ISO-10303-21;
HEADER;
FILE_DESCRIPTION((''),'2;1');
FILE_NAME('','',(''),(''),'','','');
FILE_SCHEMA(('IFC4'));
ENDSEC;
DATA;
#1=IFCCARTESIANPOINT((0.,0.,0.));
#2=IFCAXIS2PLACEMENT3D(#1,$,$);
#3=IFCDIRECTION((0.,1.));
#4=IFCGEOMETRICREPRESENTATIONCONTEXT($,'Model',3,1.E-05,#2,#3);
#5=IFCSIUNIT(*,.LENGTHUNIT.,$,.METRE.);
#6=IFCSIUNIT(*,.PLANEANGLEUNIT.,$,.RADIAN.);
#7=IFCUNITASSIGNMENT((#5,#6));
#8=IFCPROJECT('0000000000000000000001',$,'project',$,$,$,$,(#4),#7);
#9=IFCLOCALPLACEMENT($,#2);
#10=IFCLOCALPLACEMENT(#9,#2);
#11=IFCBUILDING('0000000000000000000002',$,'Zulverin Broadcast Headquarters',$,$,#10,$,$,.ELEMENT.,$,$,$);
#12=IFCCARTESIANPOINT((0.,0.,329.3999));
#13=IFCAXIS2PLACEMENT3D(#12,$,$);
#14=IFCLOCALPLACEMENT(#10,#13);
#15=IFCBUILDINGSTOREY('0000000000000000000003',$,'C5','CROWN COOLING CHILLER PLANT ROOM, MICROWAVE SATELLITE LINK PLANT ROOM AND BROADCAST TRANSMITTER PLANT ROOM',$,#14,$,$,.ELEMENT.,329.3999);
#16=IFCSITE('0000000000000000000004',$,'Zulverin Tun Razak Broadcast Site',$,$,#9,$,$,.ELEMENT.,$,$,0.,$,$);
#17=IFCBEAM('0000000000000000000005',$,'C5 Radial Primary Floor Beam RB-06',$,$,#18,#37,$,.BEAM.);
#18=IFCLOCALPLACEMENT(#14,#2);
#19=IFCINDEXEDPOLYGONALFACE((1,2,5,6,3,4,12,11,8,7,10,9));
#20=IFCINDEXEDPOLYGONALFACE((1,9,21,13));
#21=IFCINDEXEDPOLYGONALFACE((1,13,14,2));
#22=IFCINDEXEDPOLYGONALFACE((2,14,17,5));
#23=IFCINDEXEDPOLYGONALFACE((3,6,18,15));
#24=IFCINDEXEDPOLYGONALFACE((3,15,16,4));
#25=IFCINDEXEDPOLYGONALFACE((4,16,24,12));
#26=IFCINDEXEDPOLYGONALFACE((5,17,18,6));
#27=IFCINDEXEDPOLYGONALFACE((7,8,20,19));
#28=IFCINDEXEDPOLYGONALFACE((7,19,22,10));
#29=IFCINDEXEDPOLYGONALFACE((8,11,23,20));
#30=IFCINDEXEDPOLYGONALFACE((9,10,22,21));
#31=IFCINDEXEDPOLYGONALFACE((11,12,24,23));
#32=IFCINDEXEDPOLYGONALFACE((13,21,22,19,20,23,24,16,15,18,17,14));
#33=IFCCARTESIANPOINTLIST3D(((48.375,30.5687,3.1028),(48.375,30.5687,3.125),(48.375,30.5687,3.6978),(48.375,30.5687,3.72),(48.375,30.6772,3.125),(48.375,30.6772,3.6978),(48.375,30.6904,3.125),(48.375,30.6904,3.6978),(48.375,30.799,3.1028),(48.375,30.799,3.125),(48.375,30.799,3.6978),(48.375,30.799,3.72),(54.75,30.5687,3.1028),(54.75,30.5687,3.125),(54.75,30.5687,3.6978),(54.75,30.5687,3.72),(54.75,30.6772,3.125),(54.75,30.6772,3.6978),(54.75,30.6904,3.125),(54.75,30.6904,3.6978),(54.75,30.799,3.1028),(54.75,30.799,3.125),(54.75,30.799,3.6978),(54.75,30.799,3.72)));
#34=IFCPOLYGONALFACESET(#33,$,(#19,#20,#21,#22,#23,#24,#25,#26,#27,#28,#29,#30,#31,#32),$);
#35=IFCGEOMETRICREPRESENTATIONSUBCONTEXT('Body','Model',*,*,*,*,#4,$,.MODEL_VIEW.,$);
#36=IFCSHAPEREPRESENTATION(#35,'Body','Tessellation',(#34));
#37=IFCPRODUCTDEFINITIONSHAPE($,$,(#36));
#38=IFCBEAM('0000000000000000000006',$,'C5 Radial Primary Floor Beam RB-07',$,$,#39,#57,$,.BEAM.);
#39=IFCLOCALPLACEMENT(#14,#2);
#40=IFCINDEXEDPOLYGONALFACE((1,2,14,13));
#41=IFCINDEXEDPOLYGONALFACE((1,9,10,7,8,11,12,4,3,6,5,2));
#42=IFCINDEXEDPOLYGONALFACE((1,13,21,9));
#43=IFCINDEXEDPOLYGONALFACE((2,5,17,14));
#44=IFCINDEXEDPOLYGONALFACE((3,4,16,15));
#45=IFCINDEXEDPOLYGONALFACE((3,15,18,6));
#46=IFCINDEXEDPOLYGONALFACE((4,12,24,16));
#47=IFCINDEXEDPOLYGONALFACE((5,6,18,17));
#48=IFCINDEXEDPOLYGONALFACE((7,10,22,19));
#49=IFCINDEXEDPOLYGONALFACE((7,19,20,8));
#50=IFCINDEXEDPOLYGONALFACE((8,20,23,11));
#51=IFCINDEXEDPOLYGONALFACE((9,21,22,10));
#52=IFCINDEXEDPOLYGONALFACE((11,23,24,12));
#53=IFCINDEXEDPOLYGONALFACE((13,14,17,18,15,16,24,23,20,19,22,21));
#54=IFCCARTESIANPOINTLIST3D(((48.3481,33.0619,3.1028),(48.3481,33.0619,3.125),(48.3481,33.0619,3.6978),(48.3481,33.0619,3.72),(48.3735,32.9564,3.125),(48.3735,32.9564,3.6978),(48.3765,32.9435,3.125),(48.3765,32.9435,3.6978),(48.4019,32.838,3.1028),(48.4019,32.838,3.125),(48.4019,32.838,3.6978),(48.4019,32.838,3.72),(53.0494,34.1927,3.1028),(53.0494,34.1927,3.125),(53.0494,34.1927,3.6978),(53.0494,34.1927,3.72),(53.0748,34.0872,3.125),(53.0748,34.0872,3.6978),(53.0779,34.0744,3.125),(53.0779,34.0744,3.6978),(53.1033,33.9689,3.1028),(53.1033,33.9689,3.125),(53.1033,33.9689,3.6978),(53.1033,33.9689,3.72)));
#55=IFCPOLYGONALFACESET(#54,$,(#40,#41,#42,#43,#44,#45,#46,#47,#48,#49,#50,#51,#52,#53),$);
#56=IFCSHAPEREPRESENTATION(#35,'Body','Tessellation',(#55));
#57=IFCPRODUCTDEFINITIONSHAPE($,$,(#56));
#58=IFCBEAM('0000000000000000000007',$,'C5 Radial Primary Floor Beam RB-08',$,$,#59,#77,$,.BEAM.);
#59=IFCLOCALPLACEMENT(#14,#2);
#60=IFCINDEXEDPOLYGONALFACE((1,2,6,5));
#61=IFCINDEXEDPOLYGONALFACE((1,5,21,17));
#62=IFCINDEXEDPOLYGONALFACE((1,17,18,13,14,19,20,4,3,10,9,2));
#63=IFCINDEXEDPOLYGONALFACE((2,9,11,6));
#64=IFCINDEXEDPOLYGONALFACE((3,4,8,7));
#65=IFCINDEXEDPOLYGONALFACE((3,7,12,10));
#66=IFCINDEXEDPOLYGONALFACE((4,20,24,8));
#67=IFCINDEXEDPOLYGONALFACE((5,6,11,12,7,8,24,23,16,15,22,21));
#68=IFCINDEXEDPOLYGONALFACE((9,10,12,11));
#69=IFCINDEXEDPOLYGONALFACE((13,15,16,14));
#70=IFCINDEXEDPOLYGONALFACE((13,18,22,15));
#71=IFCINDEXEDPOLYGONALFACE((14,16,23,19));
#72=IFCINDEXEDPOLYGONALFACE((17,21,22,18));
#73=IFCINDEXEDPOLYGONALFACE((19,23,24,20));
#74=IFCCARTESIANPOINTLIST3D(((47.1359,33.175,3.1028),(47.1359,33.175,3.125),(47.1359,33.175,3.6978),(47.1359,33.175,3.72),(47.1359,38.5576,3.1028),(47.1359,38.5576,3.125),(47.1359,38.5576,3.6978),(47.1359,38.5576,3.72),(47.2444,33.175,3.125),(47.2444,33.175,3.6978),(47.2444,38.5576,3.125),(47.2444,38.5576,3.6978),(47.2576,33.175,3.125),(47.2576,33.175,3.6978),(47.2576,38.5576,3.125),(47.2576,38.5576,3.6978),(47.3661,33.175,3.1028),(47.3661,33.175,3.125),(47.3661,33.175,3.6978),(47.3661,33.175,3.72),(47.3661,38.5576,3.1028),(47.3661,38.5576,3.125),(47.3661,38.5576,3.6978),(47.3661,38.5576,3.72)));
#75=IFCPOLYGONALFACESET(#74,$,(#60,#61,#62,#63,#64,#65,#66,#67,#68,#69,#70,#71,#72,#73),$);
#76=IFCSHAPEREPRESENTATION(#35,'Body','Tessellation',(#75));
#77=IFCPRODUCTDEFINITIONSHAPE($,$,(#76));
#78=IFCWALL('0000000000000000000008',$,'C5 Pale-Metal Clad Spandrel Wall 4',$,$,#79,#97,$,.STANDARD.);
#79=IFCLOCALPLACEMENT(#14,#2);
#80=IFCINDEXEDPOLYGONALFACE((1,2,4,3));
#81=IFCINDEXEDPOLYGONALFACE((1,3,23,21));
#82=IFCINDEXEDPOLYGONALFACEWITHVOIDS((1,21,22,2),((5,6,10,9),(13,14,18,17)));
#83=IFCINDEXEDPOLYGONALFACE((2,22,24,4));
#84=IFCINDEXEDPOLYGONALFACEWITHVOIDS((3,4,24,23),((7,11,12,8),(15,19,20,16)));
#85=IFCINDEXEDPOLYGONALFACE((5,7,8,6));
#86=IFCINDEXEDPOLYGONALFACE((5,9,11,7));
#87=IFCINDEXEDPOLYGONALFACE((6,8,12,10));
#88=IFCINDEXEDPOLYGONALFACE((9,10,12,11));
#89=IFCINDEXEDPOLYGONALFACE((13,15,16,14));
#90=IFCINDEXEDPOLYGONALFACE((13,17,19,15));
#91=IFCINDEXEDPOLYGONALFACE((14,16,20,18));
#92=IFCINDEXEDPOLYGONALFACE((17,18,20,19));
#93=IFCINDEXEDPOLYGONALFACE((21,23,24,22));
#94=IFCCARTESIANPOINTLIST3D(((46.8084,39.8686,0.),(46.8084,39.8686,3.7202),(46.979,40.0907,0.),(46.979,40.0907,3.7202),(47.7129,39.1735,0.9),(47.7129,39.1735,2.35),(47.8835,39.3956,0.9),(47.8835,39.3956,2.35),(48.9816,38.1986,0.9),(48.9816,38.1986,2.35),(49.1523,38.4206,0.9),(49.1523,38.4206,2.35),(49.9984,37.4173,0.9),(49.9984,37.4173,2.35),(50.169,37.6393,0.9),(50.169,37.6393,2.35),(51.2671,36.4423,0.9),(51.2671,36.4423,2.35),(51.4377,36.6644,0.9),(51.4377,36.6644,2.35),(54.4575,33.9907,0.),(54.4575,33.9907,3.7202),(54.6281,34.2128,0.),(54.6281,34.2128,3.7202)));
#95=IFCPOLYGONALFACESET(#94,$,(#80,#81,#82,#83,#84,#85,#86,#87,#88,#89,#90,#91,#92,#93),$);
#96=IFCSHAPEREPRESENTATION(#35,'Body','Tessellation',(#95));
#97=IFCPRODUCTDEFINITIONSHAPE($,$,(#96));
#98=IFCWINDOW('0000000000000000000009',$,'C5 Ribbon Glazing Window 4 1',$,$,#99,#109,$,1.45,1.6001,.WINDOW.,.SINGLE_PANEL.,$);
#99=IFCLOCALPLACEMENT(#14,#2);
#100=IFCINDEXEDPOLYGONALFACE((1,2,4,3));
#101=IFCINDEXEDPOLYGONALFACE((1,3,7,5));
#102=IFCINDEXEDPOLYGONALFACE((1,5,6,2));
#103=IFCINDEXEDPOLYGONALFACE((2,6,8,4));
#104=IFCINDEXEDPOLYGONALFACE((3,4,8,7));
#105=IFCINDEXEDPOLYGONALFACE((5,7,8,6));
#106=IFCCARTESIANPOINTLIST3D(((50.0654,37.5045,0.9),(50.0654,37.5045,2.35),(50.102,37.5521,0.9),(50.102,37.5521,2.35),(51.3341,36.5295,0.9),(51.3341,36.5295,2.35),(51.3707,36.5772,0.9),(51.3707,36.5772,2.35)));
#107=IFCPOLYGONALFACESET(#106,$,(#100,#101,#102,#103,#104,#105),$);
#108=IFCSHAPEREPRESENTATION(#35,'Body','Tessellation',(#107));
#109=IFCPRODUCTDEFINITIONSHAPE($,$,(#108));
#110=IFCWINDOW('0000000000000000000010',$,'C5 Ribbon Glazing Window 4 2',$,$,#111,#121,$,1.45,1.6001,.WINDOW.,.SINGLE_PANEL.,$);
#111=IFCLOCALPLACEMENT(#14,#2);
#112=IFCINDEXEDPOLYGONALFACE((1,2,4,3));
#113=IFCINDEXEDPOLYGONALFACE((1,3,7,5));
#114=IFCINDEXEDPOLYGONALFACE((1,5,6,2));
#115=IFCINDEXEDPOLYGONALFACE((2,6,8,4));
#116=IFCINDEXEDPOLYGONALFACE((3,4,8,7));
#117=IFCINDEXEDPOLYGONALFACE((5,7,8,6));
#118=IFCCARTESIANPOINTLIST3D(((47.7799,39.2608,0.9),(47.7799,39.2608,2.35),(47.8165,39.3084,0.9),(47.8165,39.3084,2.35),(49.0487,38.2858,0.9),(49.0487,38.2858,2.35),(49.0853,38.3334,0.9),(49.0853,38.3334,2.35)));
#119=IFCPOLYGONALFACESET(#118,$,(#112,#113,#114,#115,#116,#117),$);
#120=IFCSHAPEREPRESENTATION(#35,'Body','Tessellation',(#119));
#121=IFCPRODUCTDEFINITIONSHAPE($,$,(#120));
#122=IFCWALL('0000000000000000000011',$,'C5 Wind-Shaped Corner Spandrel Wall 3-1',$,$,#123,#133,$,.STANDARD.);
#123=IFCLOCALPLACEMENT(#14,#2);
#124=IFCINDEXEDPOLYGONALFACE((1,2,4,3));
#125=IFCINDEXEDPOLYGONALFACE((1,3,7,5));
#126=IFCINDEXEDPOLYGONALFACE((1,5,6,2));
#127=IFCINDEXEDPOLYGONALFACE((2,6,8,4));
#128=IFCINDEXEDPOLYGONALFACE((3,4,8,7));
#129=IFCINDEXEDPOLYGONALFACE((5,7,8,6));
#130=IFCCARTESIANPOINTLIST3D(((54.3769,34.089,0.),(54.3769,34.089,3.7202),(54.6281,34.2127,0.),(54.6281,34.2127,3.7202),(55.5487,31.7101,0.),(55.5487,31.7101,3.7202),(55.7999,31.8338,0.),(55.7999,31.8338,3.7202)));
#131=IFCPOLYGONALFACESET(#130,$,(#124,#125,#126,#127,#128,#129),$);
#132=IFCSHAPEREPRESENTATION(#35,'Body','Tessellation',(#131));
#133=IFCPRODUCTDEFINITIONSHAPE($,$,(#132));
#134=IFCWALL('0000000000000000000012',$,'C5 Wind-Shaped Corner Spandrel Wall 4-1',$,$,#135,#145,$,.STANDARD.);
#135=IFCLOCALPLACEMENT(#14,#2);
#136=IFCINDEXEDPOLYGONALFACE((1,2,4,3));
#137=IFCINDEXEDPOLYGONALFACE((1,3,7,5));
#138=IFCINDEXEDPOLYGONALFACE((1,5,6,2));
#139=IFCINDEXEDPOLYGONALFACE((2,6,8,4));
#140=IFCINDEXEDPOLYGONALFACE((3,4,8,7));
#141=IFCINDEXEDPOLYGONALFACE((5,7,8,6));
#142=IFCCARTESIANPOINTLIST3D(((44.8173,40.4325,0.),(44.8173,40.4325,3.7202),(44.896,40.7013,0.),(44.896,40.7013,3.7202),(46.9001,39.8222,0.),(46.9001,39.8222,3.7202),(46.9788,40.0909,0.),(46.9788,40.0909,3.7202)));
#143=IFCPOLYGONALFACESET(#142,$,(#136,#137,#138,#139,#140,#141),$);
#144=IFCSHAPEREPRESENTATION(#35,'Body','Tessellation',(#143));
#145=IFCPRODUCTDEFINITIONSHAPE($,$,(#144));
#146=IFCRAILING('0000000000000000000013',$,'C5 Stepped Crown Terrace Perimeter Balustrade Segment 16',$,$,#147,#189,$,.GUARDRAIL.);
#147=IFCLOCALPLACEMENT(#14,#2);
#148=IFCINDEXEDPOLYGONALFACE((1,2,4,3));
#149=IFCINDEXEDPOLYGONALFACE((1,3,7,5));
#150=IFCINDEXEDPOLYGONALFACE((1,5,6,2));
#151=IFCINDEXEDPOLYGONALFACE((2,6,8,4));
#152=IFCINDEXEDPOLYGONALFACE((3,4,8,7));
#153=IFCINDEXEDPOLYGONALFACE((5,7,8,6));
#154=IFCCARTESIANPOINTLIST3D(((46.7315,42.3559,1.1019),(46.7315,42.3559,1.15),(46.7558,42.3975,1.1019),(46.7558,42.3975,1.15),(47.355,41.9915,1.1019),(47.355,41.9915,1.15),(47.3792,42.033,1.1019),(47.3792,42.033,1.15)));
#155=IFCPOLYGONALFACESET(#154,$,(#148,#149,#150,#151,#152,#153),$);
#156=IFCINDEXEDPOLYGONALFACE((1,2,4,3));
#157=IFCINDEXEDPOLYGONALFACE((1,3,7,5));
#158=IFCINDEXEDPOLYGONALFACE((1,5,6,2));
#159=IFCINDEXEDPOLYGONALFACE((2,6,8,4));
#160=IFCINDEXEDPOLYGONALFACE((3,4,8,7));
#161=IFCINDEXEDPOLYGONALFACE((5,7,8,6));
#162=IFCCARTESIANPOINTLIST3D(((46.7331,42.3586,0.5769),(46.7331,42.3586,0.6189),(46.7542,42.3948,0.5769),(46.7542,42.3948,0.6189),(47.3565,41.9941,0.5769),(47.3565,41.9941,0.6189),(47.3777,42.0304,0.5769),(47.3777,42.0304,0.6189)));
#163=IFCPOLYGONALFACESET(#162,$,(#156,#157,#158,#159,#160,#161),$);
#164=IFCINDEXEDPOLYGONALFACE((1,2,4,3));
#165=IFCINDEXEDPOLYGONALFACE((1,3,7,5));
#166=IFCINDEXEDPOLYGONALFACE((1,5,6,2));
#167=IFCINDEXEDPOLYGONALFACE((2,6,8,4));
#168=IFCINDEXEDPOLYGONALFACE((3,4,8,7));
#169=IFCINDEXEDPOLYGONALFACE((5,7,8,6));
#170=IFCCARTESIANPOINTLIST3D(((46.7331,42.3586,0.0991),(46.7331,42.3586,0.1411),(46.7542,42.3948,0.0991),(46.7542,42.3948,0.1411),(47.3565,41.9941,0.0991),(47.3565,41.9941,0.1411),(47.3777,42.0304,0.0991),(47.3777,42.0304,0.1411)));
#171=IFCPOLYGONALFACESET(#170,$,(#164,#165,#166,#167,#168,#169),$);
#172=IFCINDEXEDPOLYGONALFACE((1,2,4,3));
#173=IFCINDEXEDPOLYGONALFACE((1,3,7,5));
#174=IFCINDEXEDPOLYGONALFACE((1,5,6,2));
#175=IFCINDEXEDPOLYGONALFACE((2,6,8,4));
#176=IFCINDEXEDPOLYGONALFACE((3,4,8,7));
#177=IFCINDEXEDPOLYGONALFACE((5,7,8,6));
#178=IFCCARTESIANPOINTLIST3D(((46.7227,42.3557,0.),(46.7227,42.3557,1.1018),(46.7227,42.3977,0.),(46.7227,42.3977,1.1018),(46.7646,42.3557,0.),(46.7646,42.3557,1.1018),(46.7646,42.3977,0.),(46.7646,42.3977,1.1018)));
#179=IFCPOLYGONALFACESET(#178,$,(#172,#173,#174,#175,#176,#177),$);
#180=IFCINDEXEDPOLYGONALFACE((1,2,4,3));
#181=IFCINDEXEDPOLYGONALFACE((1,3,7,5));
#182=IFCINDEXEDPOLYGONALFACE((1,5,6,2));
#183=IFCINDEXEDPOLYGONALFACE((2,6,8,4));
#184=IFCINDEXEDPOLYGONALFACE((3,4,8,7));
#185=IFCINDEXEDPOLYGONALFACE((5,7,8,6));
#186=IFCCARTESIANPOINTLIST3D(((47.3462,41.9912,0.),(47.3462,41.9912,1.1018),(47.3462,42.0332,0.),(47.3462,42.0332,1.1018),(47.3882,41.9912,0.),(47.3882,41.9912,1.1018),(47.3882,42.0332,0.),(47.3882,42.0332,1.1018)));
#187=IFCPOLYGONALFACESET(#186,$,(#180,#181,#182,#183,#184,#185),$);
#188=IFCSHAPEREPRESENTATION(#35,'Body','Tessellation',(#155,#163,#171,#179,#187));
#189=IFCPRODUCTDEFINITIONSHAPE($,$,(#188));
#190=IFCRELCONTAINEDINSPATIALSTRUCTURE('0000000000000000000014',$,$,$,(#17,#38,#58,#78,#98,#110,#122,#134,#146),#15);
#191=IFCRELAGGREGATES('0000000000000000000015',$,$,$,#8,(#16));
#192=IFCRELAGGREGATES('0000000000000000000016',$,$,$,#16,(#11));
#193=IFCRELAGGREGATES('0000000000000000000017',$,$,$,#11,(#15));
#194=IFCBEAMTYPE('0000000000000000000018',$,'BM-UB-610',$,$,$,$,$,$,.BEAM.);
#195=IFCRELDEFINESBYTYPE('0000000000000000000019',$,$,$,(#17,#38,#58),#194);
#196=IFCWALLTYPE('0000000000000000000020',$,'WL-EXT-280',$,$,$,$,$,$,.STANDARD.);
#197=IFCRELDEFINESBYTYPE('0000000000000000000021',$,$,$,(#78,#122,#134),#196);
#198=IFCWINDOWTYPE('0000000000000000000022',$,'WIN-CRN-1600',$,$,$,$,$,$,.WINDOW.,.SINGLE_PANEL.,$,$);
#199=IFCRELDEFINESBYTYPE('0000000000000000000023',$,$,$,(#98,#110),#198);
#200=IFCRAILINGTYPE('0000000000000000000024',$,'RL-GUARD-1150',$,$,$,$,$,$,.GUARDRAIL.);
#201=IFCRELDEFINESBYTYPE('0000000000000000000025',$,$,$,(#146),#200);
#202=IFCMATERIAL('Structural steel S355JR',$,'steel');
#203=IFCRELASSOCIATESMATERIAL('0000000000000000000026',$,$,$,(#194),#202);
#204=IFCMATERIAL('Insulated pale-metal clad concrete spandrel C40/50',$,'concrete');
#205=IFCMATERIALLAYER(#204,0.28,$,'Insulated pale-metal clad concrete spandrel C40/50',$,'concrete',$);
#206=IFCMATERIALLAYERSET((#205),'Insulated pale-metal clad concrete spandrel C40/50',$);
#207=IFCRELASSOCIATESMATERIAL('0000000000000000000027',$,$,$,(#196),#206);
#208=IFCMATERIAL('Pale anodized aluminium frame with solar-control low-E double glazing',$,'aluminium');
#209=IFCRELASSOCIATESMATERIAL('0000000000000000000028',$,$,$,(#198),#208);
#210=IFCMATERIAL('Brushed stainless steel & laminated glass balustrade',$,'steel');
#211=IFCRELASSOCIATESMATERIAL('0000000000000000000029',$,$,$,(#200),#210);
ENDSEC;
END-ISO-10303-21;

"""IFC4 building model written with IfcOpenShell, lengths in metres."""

from ifc_helpers import new_model, si_unit, direction, frame, frame_2d, origin, origin_2d, place, context, subcontext, project, spatial, rectangle, i_section, extrude, material, layer, layer_set, material_profile, profile_set, type_object, element, fill, save


model = new_model("IFC4")

# Units and contexts
model_context = context("Model", 3, precision=1e-05, world=origin(), true_north=direction((0.0, 1.0)))
body_context = subcontext(model_context, "Body", "Model", "MODEL_VIEW")
ifc_project = project(units=[si_unit("LENGTHUNIT", "METRE"), si_unit("PLANEANGLEUNIT", "RADIAN")], contexts=[model_context])

# Site, building, storey
site_placement = place(None, origin())
site = spatial("IfcSite", under=ifc_project, at=site_placement, Name="Zulverin Tun Razak Broadcast Site", CompositionType="ELEMENT", RefElevation=0.0)
building_placement = place(site_placement, origin())
building = spatial("IfcBuilding", under=site, at=building_placement, Name="Zulverin Broadcast Headquarters", CompositionType="ELEMENT")
storey_placement = place(building_placement, frame((0.0, 0.0, 329.3999)))
storey = spatial("IfcBuildingStorey", under=building, at=storey_placement, Name="C5", Description="CROWN COOLING CHILLER PLANT ROOM, MICROWAVE SATELLITE LINK PLANT ROOM AND BROADCAST TRANSMITTER PLANT ROOM", CompositionType="ELEMENT", Elevation=329.3999)

# Shared definitions
ifc_material_1 = material(Name="Structural steel S355JR", Category="steel")

# Beams
ifc_material_profile_1 = material_profile(ifc_material_1, i_section(OverallWidth=0.2302, OverallDepth=0.6172, WebThickness=0.0132, FlangeThickness=0.0222, at=origin_2d()), Name="Structural steel S355JR", Category="steel")
ifc_profile_set_1 = profile_set([ifc_material_profile_1], Name="Structural steel S355JR")
beam_type_1 = type_object("IfcBeamType", Name="BM-UB-610", PredefinedType="BEAM", material=ifc_profile_set_1)
beam_1_placement = place(storey_placement, frame((48.375, 30.6838, 3.4114), z_axis=(1.0, 0.0, 0.0), x_axis=(0.0, 1.0, 0.0)))
element("IfcBeam", 1, at=beam_1_placement, inside=storey, type_object=beam_type_1, Name="C5 Radial Primary Floor Beam RB-06", PredefinedType="BEAM", context=body_context, shape_type="SweptSolid", body=[
    extrude(i_section(OverallWidth=0.2302, OverallDepth=0.6172, WebThickness=0.0132, FlangeThickness=0.0222, at=origin_2d()), origin(), (0.0, 0.0, 1.0), 6.375),
])
beam_2_placement = place(storey_placement, frame((48.375, 32.95, 3.4114), z_axis=(0.972269, 0.233866, 0.0), x_axis=(-0.233866, 0.972269, 0.0)))
element("IfcBeam", 2, at=beam_2_placement, inside=storey, type_object=beam_type_1, Name="C5 Radial Primary Floor Beam RB-07", PredefinedType="BEAM", context=body_context, shape_type="SweptSolid", body=[
    extrude(i_section(OverallWidth=0.2302, OverallDepth=0.6172, WebThickness=0.0132, FlangeThickness=0.0222, at=origin_2d()), origin(), (0.0, 0.0, 1.0), 4.8354),
])
beam_3_placement = place(storey_placement, frame((47.251, 33.175, 3.4114), z_axis=(0.0, 1.0, 0.0), x_axis=(-1.0, 0.0, 0.0)))
element("IfcBeam", 3, at=beam_3_placement, inside=storey, type_object=beam_type_1, Name="C5 Radial Primary Floor Beam RB-08", PredefinedType="BEAM", context=body_context, shape_type="SweptSolid", body=[
    extrude(i_section(OverallWidth=0.2302, OverallDepth=0.6172, WebThickness=0.0132, FlangeThickness=0.0222, at=origin_2d()), origin(), (0.0, 0.0, 1.0), 5.3826),
])

# Wall, openings, windows
ifc_material_2 = material(Name="Insulated pale-metal clad concrete spandrel C40/50", Category="concrete")
ifc_layer_1 = layer(ifc_material_2, 0.28, Name="Insulated pale-metal clad concrete spandrel C40/50", Category="concrete")
ifc_layer_set_1 = layer_set([ifc_layer_1], Name="Insulated pale-metal clad concrete spandrel C40/50")
wall_type = type_object("IfcWallType", Name="WL-EXT-280", PredefinedType="STANDARD", material=ifc_layer_set_1)
wall_1_placement = place(storey_placement, frame((54.5427, 34.1018, 0.0), z_axis=(0.0, 0.0, 1.0), x_axis=(-0.792927, 0.609317, 0.0)))
wall_1 = element("IfcWall", 4, at=wall_1_placement, inside=storey, type_object=wall_type, Name="C5 Pale-Metal Clad Spandrel Wall 4", PredefinedType="STANDARD", context=body_context, shape_type="SweptSolid", body=[
    extrude(rectangle(XDim=9.6467, YDim=0.28, at=frame_2d((4.8232, 0.0))), origin(), (0.0, 0.0, 1.0), 3.7202),
])
opening_1_placement = place(wall_1_placement, frame((4.0234, 0.0, 0.8999)))
opening_1 = element("IfcOpeningElement", 5, at=opening_1_placement, cuts=wall_1, PredefinedType="OPENING", context=body_context, shape_type="SweptSolid", body=[
    extrude(rectangle(XDim=1.6001, YDim=1.45, at=frame_2d((0.8, 0.7251))), frame((0.0, 0.1499, 0.0), z_axis=(0.0, -1.0, 0.0), x_axis=(1.0, 0.0, 0.0)), (0.0, 0.0, 1.0), 0.3),
])
opening_2_placement = place(wall_1_placement, frame((6.9058, 0.0, 0.8999)))
opening_2 = element("IfcOpeningElement", 6, at=opening_2_placement, cuts=wall_1, PredefinedType="OPENING", context=body_context, shape_type="SweptSolid", body=[
    extrude(rectangle(XDim=1.6001, YDim=1.45, at=frame_2d((0.8, 0.7251))), frame((0.0, 0.1499, 0.0), z_axis=(0.0, -1.0, 0.0), x_axis=(1.0, 0.0, 0.0)), (0.0, 0.0, 1.0), 0.3),
])
ifc_material_3 = material(Name="Pale anodized aluminium frame with solar-control low-E double glazing", Category="aluminium")
window_type = type_object("IfcWindowType", Name="WIN-CRN-1600", PartitioningType="SINGLE_PANEL", PredefinedType="WINDOW", material=ifc_material_3)
window_1_placement = place(opening_1_placement, origin())
window_1 = element("IfcWindow", 7, at=window_1_placement, inside=storey, type_object=window_type, Name="C5 Ribbon Glazing Window 4 1", OverallHeight=1.45, OverallWidth=1.6001, PartitioningType="SINGLE_PANEL", PredefinedType="WINDOW", context=body_context, shape_type="SweptSolid", body=[
    extrude(rectangle(XDim=1.6001, YDim=1.45, at=frame_2d((0.8, 0.7251))), frame((0.0, 0.03, 0.0), z_axis=(0.0, -1.0, 0.0), x_axis=(1.0, 0.0, 0.0)), (0.0, 0.0, 1.0), 0.0601),
])
fill(opening_1, window_1)
window_2_placement = place(opening_2_placement, origin())
window_2 = element("IfcWindow", 8, at=window_2_placement, inside=storey, type_object=window_type, Name="C5 Ribbon Glazing Window 4 2", OverallHeight=1.45, OverallWidth=1.6001, PartitioningType="SINGLE_PANEL", PredefinedType="WINDOW", context=body_context, shape_type="SweptSolid", body=[
    extrude(rectangle(XDim=1.6001, YDim=1.45, at=frame_2d((0.8, 0.7251))), frame((0.0, 0.03, 0.0), z_axis=(0.0, -1.0, 0.0), x_axis=(1.0, 0.0, 0.0)), (0.0, 0.0, 1.0), 0.0601),
])
fill(opening_2, window_2)

# Walls
wall_2_placement = place(storey_placement, frame((55.6743, 31.772, 0.0), z_axis=(0.0, 0.0, 1.0), x_axis=(-0.441903, 0.897063, 0.0)))
element("IfcWall", 9, at=wall_2_placement, inside=storey, type_object=wall_type, Name="C5 Wind-Shaped Corner Spandrel Wall 3-1", PredefinedType="STANDARD", context=body_context, shape_type="SweptSolid", body=[
    extrude(rectangle(XDim=2.6519, YDim=0.28, at=frame_2d((1.3259, 0.0))), origin(), (0.0, 0.0, 1.0), 3.7202),
])
wall_3_placement = place(storey_placement, frame((46.9395, 39.9565, 0.0), z_axis=(0.0, 0.0, 1.0), x_axis=(-0.959643, 0.281222, 0.0)))
element("IfcWall", 10, at=wall_3_placement, inside=storey, type_object=wall_type, Name="C5 Wind-Shaped Corner Spandrel Wall 4-1", PredefinedType="STANDARD", context=body_context, shape_type="SweptSolid", body=[
    extrude(rectangle(XDim=2.1704, YDim=0.28, at=frame_2d((1.0852, 0.0))), origin(), (0.0, 0.0, 1.0), 3.7202),
])

# Railing
ifc_material_4 = material(Name="Brushed stainless steel & laminated glass balustrade", Category="steel")
railing_type = type_object("IfcRailingType", Name="RL-GUARD-1150", PredefinedType="GUARDRAIL", material=ifc_material_4)
railing_1_placement = place(storey_placement, frame((46.7437, 42.3767, 0.0)))
element("IfcRailing", 11, at=railing_1_placement, inside=storey, type_object=railing_type, Name="C5 Stepped Crown Terrace Perimeter Balustrade Segment 16", PredefinedType="GUARDRAIL", context=body_context, shape_type="SweptSolid", body=[
    extrude(rectangle(XDim=0.0481, YDim=0.0481, at=origin_2d()), frame((0.0, 0.0, 1.126), z_axis=(0.863313, -0.504669, 0.0), x_axis=(0.504669, 0.863313, 0.0)), (0.0, 0.0, 1.0), 0.7222),
    extrude(rectangle(XDim=0.042, YDim=0.042, at=origin_2d()), frame((0.0, 0.0, 0.5979), z_axis=(0.863313, -0.504669, 0.0), x_axis=(0.504669, 0.863313, 0.0)), (0.0, 0.0, 1.0), 0.7222),
    extrude(rectangle(XDim=0.042, YDim=0.042, at=origin_2d()), frame((0.0, 0.0, 0.1201), z_axis=(0.863313, -0.504669, 0.0), x_axis=(0.504669, 0.863313, 0.0)), (0.0, 0.0, 1.0), 0.7222),
    extrude(rectangle(XDim=0.042, YDim=0.042, at=origin_2d()), origin(), (0.0, 0.0, 1.0), 1.1018),
    extrude(rectangle(XDim=0.042, YDim=0.042, at=origin_2d()), frame((0.6235, -0.3645, 0.0)), (0.0, 0.0, 1.0), 1.1018),
])

save(model, "model.ifc")
